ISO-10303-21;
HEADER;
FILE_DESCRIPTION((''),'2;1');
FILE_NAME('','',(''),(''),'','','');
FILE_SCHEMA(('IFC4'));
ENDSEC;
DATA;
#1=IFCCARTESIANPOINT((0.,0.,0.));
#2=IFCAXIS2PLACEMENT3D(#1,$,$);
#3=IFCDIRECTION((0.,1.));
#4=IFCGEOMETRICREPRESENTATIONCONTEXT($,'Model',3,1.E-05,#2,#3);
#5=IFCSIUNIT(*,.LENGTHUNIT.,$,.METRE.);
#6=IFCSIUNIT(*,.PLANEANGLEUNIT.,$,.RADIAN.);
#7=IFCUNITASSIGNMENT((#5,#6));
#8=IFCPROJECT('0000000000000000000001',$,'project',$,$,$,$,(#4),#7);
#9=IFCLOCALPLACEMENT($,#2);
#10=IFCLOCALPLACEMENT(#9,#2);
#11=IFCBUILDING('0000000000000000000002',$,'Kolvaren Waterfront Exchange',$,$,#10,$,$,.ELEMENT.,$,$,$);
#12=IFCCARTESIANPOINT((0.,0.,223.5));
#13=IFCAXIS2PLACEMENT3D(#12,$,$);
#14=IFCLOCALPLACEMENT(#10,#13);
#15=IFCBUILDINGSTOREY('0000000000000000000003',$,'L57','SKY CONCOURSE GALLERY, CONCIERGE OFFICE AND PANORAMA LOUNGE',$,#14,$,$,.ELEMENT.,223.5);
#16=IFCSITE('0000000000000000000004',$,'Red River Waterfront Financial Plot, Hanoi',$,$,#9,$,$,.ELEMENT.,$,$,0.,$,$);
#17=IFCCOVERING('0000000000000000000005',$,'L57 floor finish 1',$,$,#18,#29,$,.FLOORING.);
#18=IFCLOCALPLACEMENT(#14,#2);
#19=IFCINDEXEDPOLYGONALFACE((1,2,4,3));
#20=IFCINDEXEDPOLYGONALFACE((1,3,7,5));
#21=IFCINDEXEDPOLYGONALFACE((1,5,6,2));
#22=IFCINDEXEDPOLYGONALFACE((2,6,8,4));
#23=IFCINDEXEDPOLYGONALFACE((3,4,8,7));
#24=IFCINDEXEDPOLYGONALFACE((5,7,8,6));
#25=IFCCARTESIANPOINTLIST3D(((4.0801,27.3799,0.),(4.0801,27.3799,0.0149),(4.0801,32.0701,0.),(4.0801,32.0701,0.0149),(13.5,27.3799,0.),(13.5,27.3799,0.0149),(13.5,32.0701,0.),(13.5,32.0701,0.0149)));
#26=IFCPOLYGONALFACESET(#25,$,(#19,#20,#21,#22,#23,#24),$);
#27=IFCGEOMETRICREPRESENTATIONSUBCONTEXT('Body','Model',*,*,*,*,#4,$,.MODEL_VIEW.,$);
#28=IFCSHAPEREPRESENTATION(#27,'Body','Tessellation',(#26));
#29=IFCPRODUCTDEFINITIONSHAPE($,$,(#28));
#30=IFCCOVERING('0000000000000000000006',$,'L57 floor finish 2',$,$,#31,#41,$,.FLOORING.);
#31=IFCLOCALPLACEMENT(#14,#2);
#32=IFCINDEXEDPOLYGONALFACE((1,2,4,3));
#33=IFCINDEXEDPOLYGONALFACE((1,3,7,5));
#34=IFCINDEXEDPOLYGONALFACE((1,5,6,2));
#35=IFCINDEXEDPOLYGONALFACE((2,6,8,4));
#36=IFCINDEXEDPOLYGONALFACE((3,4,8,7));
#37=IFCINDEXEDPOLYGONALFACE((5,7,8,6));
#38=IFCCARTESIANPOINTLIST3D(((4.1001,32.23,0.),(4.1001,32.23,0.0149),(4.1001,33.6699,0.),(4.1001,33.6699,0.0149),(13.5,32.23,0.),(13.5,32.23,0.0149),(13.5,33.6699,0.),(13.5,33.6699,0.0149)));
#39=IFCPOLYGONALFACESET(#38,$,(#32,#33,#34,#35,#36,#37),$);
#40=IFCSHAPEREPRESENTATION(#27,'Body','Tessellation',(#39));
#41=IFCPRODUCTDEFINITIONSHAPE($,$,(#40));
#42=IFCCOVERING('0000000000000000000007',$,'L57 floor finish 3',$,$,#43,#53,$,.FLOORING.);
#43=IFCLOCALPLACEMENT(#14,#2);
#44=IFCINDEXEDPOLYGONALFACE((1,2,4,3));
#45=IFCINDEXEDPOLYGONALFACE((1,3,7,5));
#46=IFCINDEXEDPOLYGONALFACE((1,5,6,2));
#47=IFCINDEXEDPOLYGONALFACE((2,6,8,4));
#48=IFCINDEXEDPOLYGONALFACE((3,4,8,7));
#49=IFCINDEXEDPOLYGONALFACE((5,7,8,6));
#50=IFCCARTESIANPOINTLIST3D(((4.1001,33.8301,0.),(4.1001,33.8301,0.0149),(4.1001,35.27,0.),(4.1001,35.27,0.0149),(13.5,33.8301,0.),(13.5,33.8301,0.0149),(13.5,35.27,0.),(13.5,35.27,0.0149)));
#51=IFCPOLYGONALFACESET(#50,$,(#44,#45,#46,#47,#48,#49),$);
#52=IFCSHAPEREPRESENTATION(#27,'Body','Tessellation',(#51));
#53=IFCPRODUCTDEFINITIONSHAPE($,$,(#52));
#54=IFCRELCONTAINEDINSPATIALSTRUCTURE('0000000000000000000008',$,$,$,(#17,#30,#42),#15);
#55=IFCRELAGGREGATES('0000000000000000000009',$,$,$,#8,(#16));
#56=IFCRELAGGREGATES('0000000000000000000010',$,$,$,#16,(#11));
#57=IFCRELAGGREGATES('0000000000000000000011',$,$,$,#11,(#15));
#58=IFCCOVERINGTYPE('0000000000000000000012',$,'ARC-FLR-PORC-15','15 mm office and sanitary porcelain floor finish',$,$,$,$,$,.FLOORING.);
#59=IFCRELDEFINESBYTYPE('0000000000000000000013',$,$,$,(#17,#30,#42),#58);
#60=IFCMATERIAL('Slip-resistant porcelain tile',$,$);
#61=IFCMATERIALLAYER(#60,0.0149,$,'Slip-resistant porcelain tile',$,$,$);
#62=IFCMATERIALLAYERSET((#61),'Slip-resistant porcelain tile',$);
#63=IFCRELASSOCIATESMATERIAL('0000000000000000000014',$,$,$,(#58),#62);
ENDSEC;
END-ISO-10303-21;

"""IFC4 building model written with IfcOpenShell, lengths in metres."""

from ifc_helpers import new_model, si_unit, direction, frame, origin, place, context, subcontext, project, spatial, polyline, outline, extrude, material, layer, layer_set, type_object, element, save


model = new_model("IFC4")

# Units and contexts
model_context = context("Model", 3, precision=1e-05, world=origin(), true_north=direction((0.0, 1.0)))
body_context = subcontext(model_context, "Body", "Model", "MODEL_VIEW")
ifc_project = project(units=[si_unit("LENGTHUNIT", "METRE"), si_unit("PLANEANGLEUNIT", "RADIAN")], contexts=[model_context])

# Site, building, storey
site_placement = place(None, origin())
site = spatial("IfcSite", under=ifc_project, at=site_placement, Name="Red River Waterfront Financial Plot, Hanoi", CompositionType="ELEMENT", RefElevation=0.0)
building_placement = place(site_placement, origin())
building = spatial("IfcBuilding", under=site, at=building_placement, Name="Kolvaren Waterfront Exchange", CompositionType="ELEMENT")
storey_placement = place(building_placement, frame((0.0, 0.0, 223.5)))
storey = spatial("IfcBuildingStorey", under=building, at=storey_placement, Name="L57", Description="SKY CONCOURSE GALLERY, CONCIERGE OFFICE AND PANORAMA LOUNGE", CompositionType="ELEMENT", Elevation=223.5)

# Coverings
ifc_material_1 = material(Name="Slip-resistant porcelain tile")
ifc_layer_1 = layer(ifc_material_1, 0.0149, Name="Slip-resistant porcelain tile")
ifc_layer_set_1 = layer_set([ifc_layer_1], Name="Slip-resistant porcelain tile")
covering_type_1 = type_object("IfcCoveringType", Name="ARC-FLR-PORC-15", Description="15 mm office and sanitary porcelain floor finish", PredefinedType="FLOORING", material=ifc_layer_set_1)
covering_1_placement = place(storey_placement, origin())
element("IfcCovering", 1, at=covering_1_placement, inside=storey, type_object=covering_type_1, Name="L57 floor finish 1", PredefinedType="FLOORING", context=body_context, shape_type="SweptSolid", body=[
    extrude(outline(polyline([(4.0801, 32.0701), (4.0801, 27.3799), (13.5, 27.3799), (13.5, 32.0701), (4.0801, 32.0701)])), origin(), (0.0, 0.0, 1.0), 0.0149),
])
covering_2_placement = place(storey_placement, origin())
element("IfcCovering", 2, at=covering_2_placement, inside=storey, type_object=covering_type_1, Name="L57 floor finish 2", PredefinedType="FLOORING", context=body_context, shape_type="SweptSolid", body=[
    extrude(outline(polyline([(4.1001, 33.6699), (4.1001, 32.23), (13.5, 32.23), (13.5, 33.6699), (4.1001, 33.6699)])), origin(), (0.0, 0.0, 1.0), 0.0149),
])
covering_3_placement = place(storey_placement, origin())
element("IfcCovering", 3, at=covering_3_placement, inside=storey, type_object=covering_type_1, Name="L57 floor finish 3", PredefinedType="FLOORING", context=body_context, shape_type="SweptSolid", body=[
    extrude(outline(polyline([(4.1001, 35.27), (4.1001, 33.8301), (13.5, 33.8301), (13.5, 35.27), (4.1001, 35.27)])), origin(), (0.0, 0.0, 1.0), 0.0149),
])

save(model, "model.ifc")
